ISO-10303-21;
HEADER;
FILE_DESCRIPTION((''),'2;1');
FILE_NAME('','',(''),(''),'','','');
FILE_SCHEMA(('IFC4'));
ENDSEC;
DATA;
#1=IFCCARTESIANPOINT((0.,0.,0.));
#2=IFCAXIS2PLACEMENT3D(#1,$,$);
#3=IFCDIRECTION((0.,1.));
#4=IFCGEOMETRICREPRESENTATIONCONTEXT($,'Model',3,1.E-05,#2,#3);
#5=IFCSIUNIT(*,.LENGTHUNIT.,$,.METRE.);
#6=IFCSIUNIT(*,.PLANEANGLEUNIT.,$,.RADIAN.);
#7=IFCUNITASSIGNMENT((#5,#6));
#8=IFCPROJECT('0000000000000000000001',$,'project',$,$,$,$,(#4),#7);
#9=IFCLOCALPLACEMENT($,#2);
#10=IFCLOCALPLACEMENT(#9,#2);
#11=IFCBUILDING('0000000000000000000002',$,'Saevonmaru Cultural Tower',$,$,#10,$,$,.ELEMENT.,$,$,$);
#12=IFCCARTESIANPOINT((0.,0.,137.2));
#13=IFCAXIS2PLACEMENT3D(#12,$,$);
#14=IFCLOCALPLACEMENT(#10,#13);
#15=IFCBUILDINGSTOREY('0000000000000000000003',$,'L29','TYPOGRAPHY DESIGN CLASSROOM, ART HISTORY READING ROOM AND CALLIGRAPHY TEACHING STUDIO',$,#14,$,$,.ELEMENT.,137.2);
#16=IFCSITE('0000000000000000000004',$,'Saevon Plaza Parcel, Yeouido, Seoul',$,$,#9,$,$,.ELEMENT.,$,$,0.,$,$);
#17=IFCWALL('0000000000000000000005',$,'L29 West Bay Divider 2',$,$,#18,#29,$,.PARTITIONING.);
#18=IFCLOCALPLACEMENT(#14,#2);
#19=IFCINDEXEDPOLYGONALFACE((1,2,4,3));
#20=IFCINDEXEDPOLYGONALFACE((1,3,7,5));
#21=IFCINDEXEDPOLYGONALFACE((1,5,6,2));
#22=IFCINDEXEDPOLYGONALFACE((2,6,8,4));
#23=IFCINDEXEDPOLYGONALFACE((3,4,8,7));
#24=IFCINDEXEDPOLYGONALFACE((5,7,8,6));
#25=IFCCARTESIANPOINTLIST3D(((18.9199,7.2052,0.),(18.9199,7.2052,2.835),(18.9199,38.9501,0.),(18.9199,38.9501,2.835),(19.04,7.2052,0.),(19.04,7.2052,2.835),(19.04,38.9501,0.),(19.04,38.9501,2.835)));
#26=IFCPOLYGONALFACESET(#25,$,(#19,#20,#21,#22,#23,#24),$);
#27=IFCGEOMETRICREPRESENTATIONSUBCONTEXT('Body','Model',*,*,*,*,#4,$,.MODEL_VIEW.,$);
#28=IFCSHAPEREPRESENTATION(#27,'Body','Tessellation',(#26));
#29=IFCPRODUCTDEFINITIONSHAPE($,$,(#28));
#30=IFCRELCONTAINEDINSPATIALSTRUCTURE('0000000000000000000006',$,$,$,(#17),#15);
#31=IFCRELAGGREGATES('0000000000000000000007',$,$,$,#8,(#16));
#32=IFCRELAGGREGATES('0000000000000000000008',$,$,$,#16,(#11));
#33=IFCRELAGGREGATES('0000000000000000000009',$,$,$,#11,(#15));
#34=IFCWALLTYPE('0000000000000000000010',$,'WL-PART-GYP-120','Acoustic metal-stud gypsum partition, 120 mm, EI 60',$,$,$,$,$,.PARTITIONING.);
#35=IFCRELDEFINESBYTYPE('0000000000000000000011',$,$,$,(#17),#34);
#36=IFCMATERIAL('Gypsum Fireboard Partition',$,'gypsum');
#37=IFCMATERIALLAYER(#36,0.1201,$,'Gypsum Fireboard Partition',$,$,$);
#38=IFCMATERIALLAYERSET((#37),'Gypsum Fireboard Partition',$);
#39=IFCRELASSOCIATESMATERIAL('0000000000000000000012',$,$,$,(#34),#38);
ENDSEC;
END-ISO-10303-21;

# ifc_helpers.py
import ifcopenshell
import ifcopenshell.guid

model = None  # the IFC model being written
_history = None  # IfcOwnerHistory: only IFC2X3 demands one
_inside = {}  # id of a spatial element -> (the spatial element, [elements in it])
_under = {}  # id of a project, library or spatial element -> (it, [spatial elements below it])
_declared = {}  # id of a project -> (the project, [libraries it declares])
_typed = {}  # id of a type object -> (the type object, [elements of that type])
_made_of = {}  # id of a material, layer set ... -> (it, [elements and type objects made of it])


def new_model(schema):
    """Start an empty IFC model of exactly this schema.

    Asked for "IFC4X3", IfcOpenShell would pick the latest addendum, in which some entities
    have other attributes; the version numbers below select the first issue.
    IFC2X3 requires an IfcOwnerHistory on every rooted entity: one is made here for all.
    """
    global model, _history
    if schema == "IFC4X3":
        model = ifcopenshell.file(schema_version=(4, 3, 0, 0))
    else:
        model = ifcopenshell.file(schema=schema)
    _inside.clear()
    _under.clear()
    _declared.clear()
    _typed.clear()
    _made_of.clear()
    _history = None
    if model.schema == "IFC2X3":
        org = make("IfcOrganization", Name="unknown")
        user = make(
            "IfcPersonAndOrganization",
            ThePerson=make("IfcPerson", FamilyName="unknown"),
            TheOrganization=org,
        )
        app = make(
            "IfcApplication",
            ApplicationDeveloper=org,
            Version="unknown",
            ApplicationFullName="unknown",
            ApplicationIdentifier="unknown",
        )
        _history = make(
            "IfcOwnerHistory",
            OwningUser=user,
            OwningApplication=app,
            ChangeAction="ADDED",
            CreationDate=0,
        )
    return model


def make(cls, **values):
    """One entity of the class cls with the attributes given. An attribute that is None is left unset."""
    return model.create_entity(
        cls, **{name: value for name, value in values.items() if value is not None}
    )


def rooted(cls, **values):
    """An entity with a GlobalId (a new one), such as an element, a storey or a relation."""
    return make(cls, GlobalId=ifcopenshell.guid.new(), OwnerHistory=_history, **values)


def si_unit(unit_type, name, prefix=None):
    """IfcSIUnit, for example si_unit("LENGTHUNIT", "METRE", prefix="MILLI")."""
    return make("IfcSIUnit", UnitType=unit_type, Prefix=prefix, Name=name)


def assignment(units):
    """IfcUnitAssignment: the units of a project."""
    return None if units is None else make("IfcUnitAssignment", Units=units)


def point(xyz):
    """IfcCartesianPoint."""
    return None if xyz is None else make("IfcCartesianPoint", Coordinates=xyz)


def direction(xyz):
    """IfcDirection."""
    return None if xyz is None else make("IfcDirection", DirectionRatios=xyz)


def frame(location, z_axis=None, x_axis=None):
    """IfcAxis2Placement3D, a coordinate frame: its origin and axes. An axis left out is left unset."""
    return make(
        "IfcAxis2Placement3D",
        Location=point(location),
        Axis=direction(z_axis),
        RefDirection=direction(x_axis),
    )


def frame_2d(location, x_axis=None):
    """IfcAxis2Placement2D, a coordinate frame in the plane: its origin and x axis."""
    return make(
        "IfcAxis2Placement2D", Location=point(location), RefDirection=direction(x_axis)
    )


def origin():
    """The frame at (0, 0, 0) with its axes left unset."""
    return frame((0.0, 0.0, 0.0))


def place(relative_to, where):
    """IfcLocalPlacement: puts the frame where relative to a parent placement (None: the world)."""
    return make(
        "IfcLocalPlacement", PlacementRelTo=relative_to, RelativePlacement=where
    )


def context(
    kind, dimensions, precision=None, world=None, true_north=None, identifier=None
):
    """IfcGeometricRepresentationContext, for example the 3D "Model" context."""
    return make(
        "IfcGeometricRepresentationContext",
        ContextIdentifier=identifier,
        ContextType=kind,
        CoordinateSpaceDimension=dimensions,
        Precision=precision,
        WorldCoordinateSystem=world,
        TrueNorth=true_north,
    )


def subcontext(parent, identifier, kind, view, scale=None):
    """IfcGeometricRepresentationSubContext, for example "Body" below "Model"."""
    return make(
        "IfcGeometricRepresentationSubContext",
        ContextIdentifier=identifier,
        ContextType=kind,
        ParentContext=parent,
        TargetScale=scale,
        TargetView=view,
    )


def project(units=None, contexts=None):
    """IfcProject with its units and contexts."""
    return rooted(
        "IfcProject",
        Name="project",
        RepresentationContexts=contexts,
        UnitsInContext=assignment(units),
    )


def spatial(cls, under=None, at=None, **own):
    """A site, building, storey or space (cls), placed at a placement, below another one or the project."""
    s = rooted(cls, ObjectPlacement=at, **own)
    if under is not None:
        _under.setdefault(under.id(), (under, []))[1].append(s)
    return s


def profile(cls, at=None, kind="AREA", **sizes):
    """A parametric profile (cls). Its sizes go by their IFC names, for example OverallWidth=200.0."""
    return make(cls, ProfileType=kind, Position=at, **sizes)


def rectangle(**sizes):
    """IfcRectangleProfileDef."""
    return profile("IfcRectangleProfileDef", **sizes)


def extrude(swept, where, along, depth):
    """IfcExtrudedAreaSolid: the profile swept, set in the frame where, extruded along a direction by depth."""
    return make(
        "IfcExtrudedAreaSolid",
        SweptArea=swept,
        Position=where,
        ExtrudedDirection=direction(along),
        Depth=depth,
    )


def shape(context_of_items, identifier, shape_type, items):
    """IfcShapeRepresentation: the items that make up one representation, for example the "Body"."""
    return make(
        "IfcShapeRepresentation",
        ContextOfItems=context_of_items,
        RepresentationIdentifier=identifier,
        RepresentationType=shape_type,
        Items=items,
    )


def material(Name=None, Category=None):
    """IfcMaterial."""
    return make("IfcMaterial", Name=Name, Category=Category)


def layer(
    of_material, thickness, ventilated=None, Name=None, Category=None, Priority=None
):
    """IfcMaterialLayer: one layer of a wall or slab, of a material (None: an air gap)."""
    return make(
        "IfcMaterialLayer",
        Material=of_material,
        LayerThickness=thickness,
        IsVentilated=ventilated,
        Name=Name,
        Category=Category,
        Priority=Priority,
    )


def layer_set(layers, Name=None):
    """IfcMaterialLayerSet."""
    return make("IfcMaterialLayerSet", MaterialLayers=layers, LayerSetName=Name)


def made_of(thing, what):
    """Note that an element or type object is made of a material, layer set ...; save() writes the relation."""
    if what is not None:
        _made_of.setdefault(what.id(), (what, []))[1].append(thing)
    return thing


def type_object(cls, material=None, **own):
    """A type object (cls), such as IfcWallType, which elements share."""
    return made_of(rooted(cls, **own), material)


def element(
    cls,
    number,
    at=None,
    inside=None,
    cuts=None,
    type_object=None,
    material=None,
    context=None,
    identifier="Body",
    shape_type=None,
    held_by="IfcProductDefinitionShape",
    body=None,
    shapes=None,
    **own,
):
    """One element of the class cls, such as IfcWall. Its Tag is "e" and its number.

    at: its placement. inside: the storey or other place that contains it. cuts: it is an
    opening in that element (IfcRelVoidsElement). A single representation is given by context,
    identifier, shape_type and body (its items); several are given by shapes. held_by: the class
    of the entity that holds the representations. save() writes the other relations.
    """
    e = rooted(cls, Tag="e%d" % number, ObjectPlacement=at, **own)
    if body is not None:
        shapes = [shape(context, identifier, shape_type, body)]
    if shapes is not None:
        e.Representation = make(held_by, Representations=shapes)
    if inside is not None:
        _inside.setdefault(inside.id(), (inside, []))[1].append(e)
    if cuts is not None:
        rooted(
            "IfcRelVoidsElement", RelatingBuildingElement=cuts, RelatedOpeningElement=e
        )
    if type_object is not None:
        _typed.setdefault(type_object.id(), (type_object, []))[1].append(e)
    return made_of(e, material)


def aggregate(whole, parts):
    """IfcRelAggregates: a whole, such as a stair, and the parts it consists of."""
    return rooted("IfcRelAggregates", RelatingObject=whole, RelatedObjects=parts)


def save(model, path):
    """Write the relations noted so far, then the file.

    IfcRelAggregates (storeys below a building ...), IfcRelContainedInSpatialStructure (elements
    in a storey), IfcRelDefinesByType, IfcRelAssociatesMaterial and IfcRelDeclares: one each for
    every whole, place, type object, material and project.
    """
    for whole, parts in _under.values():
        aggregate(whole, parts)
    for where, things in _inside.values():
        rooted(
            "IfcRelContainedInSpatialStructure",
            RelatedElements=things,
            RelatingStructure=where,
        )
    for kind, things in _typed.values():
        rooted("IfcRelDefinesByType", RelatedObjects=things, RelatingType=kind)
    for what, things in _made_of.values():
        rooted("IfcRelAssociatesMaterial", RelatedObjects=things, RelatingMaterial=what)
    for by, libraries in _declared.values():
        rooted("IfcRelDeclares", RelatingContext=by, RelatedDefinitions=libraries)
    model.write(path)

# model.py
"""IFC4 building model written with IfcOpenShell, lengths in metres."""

from ifc_helpers import new_model, si_unit, direction, frame, frame_2d, origin, place, context, subcontext, project, spatial, rectangle, extrude, material, layer, layer_set, type_object, element, save


model = new_model("IFC4")

# Units and contexts
model_context = context("Model", 3, precision=1e-05, world=origin(), true_north=direction((0.0, 1.0)))
body_context = subcontext(model_context, "Body", "Model", "MODEL_VIEW")
ifc_project = project(units=[si_unit("LENGTHUNIT", "METRE"), si_unit("PLANEANGLEUNIT", "RADIAN")], contexts=[model_context])

# Site, building, storey
site_placement = place(None, origin())
site = spatial("IfcSite", under=ifc_project, at=site_placement, Name="Saevon Plaza Parcel, Yeouido, Seoul", CompositionType="ELEMENT", RefElevation=0.0)
building_placement = place(site_placement, origin())
building = spatial("IfcBuilding", under=site, at=building_placement, Name="Saevonmaru Cultural Tower", CompositionType="ELEMENT")
storey_placement = place(building_placement, frame((0.0, 0.0, 137.2)))
storey = spatial("IfcBuildingStorey", under=building, at=storey_placement, Name="L29", Description="TYPOGRAPHY DESIGN CLASSROOM, ART HISTORY READING ROOM AND CALLIGRAPHY TEACHING STUDIO", CompositionType="ELEMENT", Elevation=137.2)

# Wall
ifc_material_1 = material(Name="Gypsum Fireboard Partition", Category="gypsum")
ifc_layer_1 = layer(ifc_material_1, 0.1201, Name="Gypsum Fireboard Partition")
ifc_layer_set_1 = layer_set([ifc_layer_1], Name="Gypsum Fireboard Partition")
wall_type_1 = type_object("IfcWallType", Name="WL-PART-GYP-120", Description="Acoustic metal-stud gypsum partition, 120 mm, EI 60", PredefinedType="PARTITIONING", material=ifc_layer_set_1)
wall_1_placement = place(storey_placement, frame((18.98, 7.2051, 0.0), z_axis=(0.0, 0.0, 1.0), x_axis=(0.0, 1.0, 0.0)))
element("IfcWall", 1, at=wall_1_placement, inside=storey, type_object=wall_type_1, Name="L29 West Bay Divider 2", PredefinedType="PARTITIONING", context=body_context, shape_type="SweptSolid", body=[
    extrude(rectangle(XDim=31.7449, YDim=0.1201, at=frame_2d((15.8726, 0.0))), origin(), (0.0, 0.0, 1.0), 2.835),
])

save(model, "model.ifc")
